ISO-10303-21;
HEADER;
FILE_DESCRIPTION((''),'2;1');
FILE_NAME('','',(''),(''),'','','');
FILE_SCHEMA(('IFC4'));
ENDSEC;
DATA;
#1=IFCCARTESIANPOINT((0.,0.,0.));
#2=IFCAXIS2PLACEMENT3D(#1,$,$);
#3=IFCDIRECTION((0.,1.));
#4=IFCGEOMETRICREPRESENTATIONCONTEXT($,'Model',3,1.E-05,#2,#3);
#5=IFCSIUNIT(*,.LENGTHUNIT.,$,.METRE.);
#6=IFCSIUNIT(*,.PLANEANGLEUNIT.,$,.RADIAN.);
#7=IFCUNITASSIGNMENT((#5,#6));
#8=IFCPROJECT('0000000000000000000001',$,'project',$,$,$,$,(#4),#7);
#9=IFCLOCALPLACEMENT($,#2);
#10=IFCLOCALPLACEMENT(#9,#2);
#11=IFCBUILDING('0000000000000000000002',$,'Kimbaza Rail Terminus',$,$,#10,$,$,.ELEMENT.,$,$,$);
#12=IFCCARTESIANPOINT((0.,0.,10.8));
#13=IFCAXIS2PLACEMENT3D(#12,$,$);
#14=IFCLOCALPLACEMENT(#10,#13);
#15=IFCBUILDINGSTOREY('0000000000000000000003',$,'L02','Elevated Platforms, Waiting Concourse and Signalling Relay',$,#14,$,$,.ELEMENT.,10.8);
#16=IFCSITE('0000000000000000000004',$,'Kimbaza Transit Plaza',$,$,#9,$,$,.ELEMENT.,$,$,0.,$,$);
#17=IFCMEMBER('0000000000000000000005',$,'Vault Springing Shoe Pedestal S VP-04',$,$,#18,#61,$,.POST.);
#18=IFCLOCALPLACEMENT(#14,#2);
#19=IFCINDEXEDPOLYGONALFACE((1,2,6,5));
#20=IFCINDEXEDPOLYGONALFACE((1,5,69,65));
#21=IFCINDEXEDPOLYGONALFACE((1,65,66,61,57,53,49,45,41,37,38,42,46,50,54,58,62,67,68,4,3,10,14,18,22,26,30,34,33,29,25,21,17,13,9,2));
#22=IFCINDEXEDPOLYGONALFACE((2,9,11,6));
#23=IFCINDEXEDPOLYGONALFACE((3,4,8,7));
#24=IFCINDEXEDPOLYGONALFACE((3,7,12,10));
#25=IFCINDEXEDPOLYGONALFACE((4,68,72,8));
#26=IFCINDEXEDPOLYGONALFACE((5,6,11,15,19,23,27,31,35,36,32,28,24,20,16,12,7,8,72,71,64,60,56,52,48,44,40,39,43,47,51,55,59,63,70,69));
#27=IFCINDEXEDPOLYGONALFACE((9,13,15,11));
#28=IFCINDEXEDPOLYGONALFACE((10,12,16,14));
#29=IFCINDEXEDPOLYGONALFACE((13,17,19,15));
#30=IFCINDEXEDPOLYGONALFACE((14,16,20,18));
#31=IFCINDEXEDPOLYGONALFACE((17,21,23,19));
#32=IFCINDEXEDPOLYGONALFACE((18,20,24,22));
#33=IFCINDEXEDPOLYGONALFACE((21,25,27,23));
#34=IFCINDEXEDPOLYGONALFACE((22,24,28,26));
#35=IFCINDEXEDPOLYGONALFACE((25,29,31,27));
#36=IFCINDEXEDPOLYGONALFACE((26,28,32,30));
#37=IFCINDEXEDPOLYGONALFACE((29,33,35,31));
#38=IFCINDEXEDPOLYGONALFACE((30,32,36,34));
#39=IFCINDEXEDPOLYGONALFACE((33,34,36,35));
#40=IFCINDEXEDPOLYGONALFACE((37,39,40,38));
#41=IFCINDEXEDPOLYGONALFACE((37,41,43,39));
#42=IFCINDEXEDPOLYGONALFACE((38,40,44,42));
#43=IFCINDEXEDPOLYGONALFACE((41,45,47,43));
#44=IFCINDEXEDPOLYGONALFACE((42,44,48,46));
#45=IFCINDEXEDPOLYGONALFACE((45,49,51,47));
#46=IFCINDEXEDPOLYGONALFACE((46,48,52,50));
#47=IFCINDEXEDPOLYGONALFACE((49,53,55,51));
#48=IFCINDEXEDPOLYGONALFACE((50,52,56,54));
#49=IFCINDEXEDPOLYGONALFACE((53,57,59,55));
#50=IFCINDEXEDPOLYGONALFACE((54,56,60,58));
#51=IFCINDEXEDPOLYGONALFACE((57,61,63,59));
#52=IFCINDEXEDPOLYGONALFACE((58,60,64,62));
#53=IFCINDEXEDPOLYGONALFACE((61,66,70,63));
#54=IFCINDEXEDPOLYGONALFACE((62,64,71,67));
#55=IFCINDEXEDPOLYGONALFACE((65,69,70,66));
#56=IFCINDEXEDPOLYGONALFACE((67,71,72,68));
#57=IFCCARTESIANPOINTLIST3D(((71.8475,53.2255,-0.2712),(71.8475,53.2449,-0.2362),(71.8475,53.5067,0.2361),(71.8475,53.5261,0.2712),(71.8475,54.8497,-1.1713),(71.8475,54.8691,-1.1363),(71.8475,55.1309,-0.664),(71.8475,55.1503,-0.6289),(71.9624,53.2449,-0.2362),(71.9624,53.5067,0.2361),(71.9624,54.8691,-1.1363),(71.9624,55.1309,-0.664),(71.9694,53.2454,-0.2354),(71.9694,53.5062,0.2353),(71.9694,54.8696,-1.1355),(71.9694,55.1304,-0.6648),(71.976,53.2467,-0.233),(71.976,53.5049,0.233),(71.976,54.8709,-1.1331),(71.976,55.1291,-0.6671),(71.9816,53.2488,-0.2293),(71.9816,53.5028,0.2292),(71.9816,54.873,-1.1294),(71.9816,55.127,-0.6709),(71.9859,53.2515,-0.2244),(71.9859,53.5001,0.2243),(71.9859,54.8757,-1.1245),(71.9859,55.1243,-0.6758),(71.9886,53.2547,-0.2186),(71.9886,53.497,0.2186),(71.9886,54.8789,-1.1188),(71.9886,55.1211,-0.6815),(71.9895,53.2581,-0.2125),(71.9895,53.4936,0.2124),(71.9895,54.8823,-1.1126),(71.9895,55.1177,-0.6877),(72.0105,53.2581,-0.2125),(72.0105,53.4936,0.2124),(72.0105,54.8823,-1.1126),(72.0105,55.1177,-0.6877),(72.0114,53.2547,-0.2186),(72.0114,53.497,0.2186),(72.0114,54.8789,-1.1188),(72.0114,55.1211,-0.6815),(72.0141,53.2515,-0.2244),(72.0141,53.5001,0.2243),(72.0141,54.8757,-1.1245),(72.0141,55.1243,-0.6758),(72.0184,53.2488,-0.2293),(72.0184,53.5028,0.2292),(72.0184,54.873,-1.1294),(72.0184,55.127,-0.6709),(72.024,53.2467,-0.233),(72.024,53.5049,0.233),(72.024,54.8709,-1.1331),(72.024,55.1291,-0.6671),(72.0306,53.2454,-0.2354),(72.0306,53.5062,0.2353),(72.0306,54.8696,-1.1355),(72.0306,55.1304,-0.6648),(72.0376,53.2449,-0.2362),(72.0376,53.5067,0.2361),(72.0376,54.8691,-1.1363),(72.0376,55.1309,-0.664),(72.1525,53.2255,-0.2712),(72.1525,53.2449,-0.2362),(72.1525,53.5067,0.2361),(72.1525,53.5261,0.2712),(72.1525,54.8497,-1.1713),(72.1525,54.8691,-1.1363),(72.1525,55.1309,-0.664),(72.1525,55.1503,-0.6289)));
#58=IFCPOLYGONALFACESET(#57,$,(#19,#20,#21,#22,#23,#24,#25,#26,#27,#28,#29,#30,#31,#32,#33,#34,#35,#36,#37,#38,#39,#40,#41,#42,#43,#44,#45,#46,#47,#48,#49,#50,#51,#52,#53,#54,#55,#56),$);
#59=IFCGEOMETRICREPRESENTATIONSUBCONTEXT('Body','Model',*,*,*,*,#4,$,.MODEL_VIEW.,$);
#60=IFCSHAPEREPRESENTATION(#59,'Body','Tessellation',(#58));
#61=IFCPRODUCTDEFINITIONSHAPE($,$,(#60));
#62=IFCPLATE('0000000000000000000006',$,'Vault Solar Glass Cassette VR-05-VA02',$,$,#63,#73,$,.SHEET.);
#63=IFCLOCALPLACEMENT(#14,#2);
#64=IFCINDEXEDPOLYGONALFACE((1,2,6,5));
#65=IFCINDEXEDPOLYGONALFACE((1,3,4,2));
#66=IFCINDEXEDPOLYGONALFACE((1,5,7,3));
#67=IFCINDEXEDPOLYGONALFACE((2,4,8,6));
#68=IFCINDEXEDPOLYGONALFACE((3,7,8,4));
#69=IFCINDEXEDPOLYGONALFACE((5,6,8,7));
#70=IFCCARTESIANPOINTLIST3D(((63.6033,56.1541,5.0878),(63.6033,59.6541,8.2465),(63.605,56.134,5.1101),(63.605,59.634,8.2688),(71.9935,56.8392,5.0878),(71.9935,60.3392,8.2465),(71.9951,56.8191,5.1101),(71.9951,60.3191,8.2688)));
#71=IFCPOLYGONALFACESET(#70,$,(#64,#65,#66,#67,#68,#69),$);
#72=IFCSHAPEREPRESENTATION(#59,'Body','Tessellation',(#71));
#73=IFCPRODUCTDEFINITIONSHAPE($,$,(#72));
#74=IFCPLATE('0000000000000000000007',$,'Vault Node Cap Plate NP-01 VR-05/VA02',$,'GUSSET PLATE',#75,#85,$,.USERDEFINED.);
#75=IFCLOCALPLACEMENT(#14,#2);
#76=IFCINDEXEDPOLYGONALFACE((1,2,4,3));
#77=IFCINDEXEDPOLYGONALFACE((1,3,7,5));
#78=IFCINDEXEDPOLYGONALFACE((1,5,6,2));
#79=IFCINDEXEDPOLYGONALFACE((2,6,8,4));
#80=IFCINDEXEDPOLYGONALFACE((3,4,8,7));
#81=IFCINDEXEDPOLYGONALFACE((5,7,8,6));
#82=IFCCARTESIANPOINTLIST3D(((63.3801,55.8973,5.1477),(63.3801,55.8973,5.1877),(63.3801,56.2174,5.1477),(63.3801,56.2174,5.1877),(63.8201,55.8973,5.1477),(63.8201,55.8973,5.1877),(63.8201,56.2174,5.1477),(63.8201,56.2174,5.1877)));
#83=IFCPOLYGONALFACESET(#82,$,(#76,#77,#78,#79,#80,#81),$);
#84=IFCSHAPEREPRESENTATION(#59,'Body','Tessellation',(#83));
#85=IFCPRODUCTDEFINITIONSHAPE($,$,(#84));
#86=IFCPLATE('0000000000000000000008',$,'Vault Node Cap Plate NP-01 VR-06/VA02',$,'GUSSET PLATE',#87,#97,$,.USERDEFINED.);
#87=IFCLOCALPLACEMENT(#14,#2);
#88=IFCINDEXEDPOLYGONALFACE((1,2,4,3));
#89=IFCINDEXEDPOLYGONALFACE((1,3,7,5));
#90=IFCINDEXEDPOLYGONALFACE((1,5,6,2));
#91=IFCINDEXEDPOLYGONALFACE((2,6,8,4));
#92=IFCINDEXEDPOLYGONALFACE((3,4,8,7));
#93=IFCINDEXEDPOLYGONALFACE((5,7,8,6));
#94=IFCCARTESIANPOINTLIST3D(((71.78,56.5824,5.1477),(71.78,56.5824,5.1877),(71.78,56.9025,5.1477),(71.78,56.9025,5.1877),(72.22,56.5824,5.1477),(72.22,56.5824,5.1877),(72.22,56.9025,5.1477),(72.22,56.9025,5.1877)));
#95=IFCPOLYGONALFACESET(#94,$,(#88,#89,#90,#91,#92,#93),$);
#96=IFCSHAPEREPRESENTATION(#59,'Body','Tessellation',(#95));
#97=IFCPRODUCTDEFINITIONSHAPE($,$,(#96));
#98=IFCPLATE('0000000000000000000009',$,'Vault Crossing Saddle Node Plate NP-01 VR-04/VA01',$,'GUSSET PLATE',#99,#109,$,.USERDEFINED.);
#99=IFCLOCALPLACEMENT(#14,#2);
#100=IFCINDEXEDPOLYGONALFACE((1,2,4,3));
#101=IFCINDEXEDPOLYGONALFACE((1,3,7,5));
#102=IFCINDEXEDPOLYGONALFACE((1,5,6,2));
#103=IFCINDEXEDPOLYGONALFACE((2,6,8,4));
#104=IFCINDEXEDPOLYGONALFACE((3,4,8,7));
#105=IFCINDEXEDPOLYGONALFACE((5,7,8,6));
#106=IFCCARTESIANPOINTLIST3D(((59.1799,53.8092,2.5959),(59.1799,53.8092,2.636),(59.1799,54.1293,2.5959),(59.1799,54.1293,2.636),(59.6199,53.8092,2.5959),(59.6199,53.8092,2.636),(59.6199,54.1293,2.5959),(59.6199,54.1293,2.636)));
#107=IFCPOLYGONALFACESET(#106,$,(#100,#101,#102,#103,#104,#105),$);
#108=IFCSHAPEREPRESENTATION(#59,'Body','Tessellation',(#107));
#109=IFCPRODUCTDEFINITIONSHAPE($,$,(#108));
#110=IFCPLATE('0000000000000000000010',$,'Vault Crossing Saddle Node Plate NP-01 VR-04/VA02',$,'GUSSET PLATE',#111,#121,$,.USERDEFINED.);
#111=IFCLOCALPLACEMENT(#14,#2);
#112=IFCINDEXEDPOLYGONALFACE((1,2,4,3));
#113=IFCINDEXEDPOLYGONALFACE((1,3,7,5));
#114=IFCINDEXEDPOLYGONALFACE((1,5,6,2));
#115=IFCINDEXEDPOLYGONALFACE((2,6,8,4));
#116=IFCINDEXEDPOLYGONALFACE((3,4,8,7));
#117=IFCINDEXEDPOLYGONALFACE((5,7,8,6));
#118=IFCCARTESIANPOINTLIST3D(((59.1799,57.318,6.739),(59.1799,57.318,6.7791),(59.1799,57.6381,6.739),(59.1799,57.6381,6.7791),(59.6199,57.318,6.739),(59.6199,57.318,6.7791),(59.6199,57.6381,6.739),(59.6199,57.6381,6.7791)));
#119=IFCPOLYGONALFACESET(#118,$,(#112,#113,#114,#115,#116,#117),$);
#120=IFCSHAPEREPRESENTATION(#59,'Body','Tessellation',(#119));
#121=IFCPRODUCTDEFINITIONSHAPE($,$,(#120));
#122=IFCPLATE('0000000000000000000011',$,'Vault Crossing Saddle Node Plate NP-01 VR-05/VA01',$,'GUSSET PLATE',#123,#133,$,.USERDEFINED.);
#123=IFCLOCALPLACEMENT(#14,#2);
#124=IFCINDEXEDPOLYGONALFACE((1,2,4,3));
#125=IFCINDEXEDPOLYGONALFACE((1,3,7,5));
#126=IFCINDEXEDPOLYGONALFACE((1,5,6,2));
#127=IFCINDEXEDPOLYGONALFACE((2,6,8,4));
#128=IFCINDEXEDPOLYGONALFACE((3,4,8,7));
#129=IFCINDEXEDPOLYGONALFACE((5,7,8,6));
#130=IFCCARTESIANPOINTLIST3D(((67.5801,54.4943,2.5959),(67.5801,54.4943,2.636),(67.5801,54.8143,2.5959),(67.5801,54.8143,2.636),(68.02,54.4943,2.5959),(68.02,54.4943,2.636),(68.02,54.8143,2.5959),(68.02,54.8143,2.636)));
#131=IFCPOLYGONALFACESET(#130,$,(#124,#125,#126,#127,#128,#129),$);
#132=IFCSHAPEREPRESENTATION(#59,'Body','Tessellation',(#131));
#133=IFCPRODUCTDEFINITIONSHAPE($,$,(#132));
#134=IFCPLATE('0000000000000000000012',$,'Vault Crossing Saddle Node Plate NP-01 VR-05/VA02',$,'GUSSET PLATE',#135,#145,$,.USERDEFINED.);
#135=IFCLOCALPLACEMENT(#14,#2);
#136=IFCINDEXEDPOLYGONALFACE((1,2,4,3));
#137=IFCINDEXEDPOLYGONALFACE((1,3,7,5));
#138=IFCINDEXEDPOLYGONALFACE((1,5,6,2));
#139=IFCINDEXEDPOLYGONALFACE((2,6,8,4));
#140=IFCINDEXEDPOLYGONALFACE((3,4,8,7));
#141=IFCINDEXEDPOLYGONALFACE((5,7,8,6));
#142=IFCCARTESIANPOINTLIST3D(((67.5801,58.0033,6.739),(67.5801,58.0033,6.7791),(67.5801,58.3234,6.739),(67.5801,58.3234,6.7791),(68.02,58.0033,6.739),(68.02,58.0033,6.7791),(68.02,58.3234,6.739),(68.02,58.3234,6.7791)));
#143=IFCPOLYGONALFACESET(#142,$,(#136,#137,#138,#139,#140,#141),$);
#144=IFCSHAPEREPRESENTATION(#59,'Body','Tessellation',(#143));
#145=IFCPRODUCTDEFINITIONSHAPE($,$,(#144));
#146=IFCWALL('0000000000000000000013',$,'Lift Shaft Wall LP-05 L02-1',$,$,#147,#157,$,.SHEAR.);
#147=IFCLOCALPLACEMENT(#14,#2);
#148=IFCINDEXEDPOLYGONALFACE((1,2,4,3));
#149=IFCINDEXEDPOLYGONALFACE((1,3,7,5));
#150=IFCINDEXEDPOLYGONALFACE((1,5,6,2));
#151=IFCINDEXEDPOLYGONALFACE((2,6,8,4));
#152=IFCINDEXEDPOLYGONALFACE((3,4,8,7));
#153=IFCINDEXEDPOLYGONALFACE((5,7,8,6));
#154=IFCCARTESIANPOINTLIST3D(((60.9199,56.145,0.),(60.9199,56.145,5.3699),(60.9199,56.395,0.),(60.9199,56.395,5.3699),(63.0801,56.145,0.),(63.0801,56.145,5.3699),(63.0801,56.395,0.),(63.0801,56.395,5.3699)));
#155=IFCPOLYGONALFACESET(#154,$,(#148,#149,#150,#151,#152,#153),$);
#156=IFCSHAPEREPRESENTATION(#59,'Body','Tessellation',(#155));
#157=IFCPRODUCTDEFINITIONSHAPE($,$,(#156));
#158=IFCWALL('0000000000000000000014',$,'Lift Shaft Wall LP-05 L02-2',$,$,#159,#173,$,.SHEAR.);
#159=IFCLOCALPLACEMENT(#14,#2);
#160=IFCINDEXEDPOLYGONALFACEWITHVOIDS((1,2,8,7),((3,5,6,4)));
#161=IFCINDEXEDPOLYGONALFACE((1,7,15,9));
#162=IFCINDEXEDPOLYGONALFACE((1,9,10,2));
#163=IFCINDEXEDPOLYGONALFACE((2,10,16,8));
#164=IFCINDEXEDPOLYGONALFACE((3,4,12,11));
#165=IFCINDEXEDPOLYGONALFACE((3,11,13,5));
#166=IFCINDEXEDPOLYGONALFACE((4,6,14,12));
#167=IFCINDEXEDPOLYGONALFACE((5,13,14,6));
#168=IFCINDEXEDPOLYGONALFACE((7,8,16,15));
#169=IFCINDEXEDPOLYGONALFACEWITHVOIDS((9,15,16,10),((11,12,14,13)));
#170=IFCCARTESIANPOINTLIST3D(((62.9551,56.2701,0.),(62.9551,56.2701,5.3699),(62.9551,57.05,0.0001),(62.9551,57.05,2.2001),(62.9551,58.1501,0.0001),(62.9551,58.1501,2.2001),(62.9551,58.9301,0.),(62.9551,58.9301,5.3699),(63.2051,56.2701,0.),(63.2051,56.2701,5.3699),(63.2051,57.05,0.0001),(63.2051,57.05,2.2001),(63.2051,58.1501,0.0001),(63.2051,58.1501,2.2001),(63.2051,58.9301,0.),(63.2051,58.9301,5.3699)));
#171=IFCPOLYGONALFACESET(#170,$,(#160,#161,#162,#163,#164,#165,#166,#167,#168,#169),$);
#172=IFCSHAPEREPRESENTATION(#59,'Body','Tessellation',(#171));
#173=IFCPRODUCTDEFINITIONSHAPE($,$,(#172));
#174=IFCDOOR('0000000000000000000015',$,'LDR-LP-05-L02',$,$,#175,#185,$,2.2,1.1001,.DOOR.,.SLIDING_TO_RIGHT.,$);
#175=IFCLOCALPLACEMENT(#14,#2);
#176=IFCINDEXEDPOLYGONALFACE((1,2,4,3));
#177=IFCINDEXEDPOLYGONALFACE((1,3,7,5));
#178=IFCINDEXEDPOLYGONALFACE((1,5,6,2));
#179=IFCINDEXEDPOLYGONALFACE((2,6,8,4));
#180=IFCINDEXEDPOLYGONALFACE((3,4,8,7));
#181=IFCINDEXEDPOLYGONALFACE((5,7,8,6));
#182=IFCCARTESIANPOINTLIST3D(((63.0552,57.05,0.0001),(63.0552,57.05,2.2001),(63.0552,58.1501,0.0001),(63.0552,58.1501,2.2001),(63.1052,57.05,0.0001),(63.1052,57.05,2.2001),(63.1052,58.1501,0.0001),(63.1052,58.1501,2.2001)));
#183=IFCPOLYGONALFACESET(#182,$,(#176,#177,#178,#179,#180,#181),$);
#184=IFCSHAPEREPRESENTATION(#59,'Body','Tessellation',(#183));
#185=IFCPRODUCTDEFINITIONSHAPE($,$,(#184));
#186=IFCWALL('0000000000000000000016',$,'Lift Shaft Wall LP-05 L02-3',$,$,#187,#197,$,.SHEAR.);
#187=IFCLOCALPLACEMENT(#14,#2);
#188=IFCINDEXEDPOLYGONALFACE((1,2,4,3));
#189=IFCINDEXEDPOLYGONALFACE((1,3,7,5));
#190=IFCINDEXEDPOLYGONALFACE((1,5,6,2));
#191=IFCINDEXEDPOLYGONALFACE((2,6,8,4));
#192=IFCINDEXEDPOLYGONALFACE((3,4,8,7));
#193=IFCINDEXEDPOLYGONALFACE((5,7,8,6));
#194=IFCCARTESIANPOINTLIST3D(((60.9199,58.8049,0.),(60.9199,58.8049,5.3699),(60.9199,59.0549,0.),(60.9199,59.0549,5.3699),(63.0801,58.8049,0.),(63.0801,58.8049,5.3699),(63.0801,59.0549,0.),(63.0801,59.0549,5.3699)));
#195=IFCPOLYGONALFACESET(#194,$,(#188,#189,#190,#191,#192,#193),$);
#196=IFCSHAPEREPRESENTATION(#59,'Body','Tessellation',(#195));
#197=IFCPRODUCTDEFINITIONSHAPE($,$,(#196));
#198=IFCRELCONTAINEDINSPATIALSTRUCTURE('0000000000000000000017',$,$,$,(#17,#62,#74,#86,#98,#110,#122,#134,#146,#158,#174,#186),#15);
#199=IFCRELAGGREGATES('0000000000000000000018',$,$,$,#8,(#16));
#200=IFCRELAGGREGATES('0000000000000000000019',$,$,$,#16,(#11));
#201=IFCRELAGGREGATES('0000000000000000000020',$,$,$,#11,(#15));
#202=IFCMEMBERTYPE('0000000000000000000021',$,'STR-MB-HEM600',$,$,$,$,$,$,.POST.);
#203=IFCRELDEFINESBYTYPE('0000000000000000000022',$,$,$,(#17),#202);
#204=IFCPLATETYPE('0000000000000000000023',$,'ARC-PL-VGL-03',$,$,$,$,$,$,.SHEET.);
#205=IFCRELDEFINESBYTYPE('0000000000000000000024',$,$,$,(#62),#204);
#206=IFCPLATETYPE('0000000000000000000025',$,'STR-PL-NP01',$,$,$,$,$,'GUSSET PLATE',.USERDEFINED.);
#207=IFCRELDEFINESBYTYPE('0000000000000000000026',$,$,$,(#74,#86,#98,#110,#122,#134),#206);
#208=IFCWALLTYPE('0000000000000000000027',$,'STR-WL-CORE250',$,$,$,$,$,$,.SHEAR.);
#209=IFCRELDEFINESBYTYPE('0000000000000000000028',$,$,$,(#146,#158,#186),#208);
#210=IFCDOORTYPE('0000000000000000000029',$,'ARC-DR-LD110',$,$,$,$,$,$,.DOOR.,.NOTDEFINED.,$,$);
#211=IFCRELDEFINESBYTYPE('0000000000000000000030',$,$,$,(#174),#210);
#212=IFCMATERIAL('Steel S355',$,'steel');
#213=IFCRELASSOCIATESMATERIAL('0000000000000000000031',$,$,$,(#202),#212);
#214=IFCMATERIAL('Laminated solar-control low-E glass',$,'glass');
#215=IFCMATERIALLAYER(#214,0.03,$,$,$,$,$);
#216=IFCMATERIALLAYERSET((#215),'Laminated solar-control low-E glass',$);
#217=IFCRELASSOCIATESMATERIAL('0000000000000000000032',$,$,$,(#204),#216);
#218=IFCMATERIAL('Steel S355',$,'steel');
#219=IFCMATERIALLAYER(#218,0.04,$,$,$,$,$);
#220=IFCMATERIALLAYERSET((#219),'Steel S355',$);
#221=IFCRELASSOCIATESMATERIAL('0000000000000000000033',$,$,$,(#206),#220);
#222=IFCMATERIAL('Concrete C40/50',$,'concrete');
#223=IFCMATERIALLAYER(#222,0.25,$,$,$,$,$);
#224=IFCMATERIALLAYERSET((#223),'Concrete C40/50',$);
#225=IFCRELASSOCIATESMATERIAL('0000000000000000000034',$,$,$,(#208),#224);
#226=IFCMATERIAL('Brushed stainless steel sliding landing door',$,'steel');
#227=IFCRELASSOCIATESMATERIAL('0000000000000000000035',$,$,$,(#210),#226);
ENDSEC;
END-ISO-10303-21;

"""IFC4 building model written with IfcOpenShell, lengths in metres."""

from ifc_helpers import new_model, si_unit, direction, frame, frame_2d, origin, origin_2d, place, context, subcontext, project, spatial, polyline, rectangle, i_section, outline, extrude, material, layer, layer_set, material_profile, profile_set, type_object, element, fill, save


model = new_model("IFC4")

# Units and contexts
model_context = context("Model", 3, precision=1e-05, world=origin(), true_north=direction((0.0, 1.0)))
body_context = subcontext(model_context, "Body", "Model", "MODEL_VIEW")
ifc_project = project(units=[si_unit("LENGTHUNIT", "METRE"), si_unit("PLANEANGLEUNIT", "RADIAN")], contexts=[model_context])

# Site, building, storey
site_placement = place(None, origin())
site = spatial("IfcSite", under=ifc_project, at=site_placement, Name="Kimbaza Transit Plaza", CompositionType="ELEMENT", RefElevation=0.0)
building_placement = place(site_placement, origin())
building = spatial("IfcBuilding", under=site, at=building_placement, Name="Kimbaza Rail Terminus", CompositionType="ELEMENT")
storey_placement = place(building_placement, frame((0.0, 0.0, 10.8)))
storey = spatial("IfcBuildingStorey", under=building, at=storey_placement, Name="L02", Description="Elevated Platforms, Waiting Concourse and Signalling Relay", CompositionType="ELEMENT", Elevation=10.8)

# Member
ifc_material_1 = material(Name="Steel S355", Category="steel")
ifc_material_profile_1 = material_profile(ifc_material_1, i_section(OverallWidth=0.3049, OverallDepth=0.6201, WebThickness=0.021, FlangeThickness=0.04, FilletRadius=0.0271, at=origin_2d()), Name="HEM 600")
ifc_profile_set_1 = profile_set([ifc_material_profile_1], Name="Steel S355")
member_type_1 = type_object("IfcMemberType", Name="STR-MB-HEM600", PredefinedType="POST", material=ifc_profile_set_1)
member_1_placement = place(storey_placement, frame((72.0, 55.0, -0.9001), z_axis=(0.0, -0.874665, 0.484727), x_axis=(1.0, 0.0, 0.0)))
element("IfcMember", 1, at=member_1_placement, inside=storey, type_object=member_type_1, Name="Vault Springing Shoe Pedestal S VP-04", PredefinedType="POST", context=body_context, shape_type="SweptSolid", body=[
    extrude(i_section(OverallWidth=0.3049, OverallDepth=0.6201, WebThickness=0.021, FlangeThickness=0.04, FilletRadius=0.0271, at=origin_2d()), origin(), (0.0, 0.0, 1.0), 1.8569),
])

# Plates
ifc_material_2 = material(Name="Laminated solar-control low-E glass", Category="glass")
ifc_layer_1 = layer(ifc_material_2, 0.03)
ifc_layer_set_1 = layer_set([ifc_layer_1], Name="Laminated solar-control low-E glass")
plate_type_1 = type_object("IfcPlateType", Name="ARC-PL-VGL-03", PredefinedType="SHEET", material=ifc_layer_set_1)
plate_placement = place(storey_placement, frame((63.605, 56.134, 5.1101), z_axis=(0.054623, -0.668982, 0.741268), x_axis=(0.996683, 0.08138, 0.0)))
element("IfcPlate", 2, at=plate_placement, inside=storey, type_object=plate_type_1, Name="Vault Solar Glass Cassette VR-05-VA02", PredefinedType="SHEET", context=body_context, shape_type="SweptSolid", body=[
    extrude(outline(polyline([(0.0, 0.0), (8.4181, 0.0), (8.7029, 4.706), (0.2848, 4.706), (0.0, 0.0)])), origin(), (0.0, 0.0, -1.0), 0.03),
])
ifc_material_3 = material(Name="Steel S355", Category="steel")
ifc_layer_2 = layer(ifc_material_3, 0.04)
ifc_layer_set_2 = layer_set([ifc_layer_2], Name="Steel S355")
plate_type_2 = type_object("IfcPlateType", Name="STR-PL-NP01", ElementType="GUSSET PLATE", PredefinedType="USERDEFINED", material=ifc_layer_set_2)
for number, where, z_axis, x_axis, name in (
    (3, (63.6001, 56.0574, 5.1477), (0.0, 0.0, 1.0), (1.0, 0.0, 0.0), "Vault Node Cap Plate NP-01 VR-05/VA02"),
    (4, (72.0, 56.7424, 5.1477), (0.0, 0.0, 1.0), (1.0, 0.0, 0.0), "Vault Node Cap Plate NP-01 VR-06/VA02"),
    (5, (59.3999, 53.9692, 2.5959), (0.0, 0.0, 1.0), (1.0, 0.0, 0.0), "Vault Crossing Saddle Node Plate NP-01 VR-04/VA01"),
    (6, (59.3999, 57.478, 6.739), (0.0, 0.0, 1.0), (1.0, 0.0, 0.0), "Vault Crossing Saddle Node Plate NP-01 VR-04/VA02"),
    (7, (67.8, 54.6543, 2.5959), (0.0, 0.0, 1.0), (1.0, 0.0, 0.0), "Vault Crossing Saddle Node Plate NP-01 VR-05/VA01"),
    (8, (67.8, 58.1633, 6.739), (0.0, 0.0, 1.0), (1.0, 0.0, 0.0), "Vault Crossing Saddle Node Plate NP-01 VR-05/VA02"),
):
    element("IfcPlate", number, at=place(storey_placement, frame(where, z_axis=z_axis, x_axis=x_axis)), inside=storey, type_object=plate_type_2, Name=name, ObjectType="GUSSET PLATE", PredefinedType="USERDEFINED", context=body_context, shape_type="SweptSolid", body=[
        extrude(rectangle(XDim=0.4399, YDim=0.3201, at=origin_2d()), origin(), (0.0, 0.0, 1.0), 0.04),
    ])

# Wall
ifc_material_4 = material(Name="Concrete C40/50", Category="concrete")
ifc_layer_3 = layer(ifc_material_4, 0.25)
ifc_layer_set_3 = layer_set([ifc_layer_3], Name="Concrete C40/50")
wall_type = type_object("IfcWallType", Name="STR-WL-CORE250", PredefinedType="SHEAR", material=ifc_layer_set_3)
wall_1_placement = place(storey_placement, frame((60.9199, 56.27, 0.0), z_axis=(0.0, 0.0, 1.0), x_axis=(1.0, 0.0, 0.0)))
element("IfcWall", 9, at=wall_1_placement, inside=storey, type_object=wall_type, Name="Lift Shaft Wall LP-05 L02-1", PredefinedType="SHEAR", context=body_context, shape_type="SweptSolid", body=[
    extrude(rectangle(XDim=2.1602, YDim=0.25, at=frame_2d((1.0801, 0.0))), origin(), (0.0, 0.0, 1.0), 5.3699),
])

# Wall, opening, door
wall_2_placement = place(storey_placement, frame((63.0801, 56.27, 0.0), z_axis=(0.0, 0.0, 1.0), x_axis=(0.0, 1.0, 0.0)))
wall_2 = element("IfcWall", 10, at=wall_2_placement, inside=storey, type_object=wall_type, Name="Lift Shaft Wall LP-05 L02-2", PredefinedType="SHEAR", context=body_context, shape_type="SweptSolid", body=[
    extrude(rectangle(XDim=2.6599, YDim=0.25, at=frame_2d((1.3301, 0.0))), origin(), (0.0, 0.0, 1.0), 5.3699),
])
opening_placement = place(wall_2_placement, frame((0.78, 0.0, 0.0)))
opening = element("IfcOpeningElement", 11, at=opening_placement, cuts=wall_2, PredefinedType="OPENING", context=body_context, shape_type="SweptSolid", body=[
    extrude(rectangle(XDim=1.1001, YDim=2.2, at=frame_2d((0.55, 1.1001))), frame((0.0, 0.135, 0.0), z_axis=(0.0, -1.0, 0.0), x_axis=(1.0, 0.0, 0.0)), (0.0, 0.0, 1.0), 0.27),
])
ifc_material_5 = material(Name="Brushed stainless steel sliding landing door", Category="steel")
door_type = type_object("IfcDoorType", Name="ARC-DR-LD110", OperationType="NOTDEFINED", PredefinedType="DOOR", material=ifc_material_5)
door_placement = place(opening_placement, origin())
door = element("IfcDoor", 12, at=door_placement, inside=storey, type_object=door_type, Name="LDR-LP-05-L02", OperationType="SLIDING_TO_RIGHT", OverallHeight=2.2, OverallWidth=1.1001, PredefinedType="DOOR", context=body_context, shape_type="SweptSolid", body=[
    extrude(rectangle(XDim=1.1001, YDim=2.2, at=frame_2d((0.55, 1.1001))), frame((0.0, 0.0249, 0.0), z_axis=(0.0, -1.0, 0.0), x_axis=(1.0, 0.0, 0.0)), (0.0, 0.0, 1.0), 0.05),
])
fill(opening, door)

# Wall
wall_3_placement = place(storey_placement, frame((63.0801, 58.9299, 0.0), z_axis=(0.0, 0.0, 1.0), x_axis=(-1.0, 0.0, 0.0)))
element("IfcWall", 13, at=wall_3_placement, inside=storey, type_object=wall_type, Name="Lift Shaft Wall LP-05 L02-3", PredefinedType="SHEAR", context=body_context, shape_type="SweptSolid", body=[
    extrude(rectangle(XDim=2.1602, YDim=0.25, at=frame_2d((1.0801, 0.0))), origin(), (0.0, 0.0, 1.0), 5.3699),
])

save(model, "model.ifc")
